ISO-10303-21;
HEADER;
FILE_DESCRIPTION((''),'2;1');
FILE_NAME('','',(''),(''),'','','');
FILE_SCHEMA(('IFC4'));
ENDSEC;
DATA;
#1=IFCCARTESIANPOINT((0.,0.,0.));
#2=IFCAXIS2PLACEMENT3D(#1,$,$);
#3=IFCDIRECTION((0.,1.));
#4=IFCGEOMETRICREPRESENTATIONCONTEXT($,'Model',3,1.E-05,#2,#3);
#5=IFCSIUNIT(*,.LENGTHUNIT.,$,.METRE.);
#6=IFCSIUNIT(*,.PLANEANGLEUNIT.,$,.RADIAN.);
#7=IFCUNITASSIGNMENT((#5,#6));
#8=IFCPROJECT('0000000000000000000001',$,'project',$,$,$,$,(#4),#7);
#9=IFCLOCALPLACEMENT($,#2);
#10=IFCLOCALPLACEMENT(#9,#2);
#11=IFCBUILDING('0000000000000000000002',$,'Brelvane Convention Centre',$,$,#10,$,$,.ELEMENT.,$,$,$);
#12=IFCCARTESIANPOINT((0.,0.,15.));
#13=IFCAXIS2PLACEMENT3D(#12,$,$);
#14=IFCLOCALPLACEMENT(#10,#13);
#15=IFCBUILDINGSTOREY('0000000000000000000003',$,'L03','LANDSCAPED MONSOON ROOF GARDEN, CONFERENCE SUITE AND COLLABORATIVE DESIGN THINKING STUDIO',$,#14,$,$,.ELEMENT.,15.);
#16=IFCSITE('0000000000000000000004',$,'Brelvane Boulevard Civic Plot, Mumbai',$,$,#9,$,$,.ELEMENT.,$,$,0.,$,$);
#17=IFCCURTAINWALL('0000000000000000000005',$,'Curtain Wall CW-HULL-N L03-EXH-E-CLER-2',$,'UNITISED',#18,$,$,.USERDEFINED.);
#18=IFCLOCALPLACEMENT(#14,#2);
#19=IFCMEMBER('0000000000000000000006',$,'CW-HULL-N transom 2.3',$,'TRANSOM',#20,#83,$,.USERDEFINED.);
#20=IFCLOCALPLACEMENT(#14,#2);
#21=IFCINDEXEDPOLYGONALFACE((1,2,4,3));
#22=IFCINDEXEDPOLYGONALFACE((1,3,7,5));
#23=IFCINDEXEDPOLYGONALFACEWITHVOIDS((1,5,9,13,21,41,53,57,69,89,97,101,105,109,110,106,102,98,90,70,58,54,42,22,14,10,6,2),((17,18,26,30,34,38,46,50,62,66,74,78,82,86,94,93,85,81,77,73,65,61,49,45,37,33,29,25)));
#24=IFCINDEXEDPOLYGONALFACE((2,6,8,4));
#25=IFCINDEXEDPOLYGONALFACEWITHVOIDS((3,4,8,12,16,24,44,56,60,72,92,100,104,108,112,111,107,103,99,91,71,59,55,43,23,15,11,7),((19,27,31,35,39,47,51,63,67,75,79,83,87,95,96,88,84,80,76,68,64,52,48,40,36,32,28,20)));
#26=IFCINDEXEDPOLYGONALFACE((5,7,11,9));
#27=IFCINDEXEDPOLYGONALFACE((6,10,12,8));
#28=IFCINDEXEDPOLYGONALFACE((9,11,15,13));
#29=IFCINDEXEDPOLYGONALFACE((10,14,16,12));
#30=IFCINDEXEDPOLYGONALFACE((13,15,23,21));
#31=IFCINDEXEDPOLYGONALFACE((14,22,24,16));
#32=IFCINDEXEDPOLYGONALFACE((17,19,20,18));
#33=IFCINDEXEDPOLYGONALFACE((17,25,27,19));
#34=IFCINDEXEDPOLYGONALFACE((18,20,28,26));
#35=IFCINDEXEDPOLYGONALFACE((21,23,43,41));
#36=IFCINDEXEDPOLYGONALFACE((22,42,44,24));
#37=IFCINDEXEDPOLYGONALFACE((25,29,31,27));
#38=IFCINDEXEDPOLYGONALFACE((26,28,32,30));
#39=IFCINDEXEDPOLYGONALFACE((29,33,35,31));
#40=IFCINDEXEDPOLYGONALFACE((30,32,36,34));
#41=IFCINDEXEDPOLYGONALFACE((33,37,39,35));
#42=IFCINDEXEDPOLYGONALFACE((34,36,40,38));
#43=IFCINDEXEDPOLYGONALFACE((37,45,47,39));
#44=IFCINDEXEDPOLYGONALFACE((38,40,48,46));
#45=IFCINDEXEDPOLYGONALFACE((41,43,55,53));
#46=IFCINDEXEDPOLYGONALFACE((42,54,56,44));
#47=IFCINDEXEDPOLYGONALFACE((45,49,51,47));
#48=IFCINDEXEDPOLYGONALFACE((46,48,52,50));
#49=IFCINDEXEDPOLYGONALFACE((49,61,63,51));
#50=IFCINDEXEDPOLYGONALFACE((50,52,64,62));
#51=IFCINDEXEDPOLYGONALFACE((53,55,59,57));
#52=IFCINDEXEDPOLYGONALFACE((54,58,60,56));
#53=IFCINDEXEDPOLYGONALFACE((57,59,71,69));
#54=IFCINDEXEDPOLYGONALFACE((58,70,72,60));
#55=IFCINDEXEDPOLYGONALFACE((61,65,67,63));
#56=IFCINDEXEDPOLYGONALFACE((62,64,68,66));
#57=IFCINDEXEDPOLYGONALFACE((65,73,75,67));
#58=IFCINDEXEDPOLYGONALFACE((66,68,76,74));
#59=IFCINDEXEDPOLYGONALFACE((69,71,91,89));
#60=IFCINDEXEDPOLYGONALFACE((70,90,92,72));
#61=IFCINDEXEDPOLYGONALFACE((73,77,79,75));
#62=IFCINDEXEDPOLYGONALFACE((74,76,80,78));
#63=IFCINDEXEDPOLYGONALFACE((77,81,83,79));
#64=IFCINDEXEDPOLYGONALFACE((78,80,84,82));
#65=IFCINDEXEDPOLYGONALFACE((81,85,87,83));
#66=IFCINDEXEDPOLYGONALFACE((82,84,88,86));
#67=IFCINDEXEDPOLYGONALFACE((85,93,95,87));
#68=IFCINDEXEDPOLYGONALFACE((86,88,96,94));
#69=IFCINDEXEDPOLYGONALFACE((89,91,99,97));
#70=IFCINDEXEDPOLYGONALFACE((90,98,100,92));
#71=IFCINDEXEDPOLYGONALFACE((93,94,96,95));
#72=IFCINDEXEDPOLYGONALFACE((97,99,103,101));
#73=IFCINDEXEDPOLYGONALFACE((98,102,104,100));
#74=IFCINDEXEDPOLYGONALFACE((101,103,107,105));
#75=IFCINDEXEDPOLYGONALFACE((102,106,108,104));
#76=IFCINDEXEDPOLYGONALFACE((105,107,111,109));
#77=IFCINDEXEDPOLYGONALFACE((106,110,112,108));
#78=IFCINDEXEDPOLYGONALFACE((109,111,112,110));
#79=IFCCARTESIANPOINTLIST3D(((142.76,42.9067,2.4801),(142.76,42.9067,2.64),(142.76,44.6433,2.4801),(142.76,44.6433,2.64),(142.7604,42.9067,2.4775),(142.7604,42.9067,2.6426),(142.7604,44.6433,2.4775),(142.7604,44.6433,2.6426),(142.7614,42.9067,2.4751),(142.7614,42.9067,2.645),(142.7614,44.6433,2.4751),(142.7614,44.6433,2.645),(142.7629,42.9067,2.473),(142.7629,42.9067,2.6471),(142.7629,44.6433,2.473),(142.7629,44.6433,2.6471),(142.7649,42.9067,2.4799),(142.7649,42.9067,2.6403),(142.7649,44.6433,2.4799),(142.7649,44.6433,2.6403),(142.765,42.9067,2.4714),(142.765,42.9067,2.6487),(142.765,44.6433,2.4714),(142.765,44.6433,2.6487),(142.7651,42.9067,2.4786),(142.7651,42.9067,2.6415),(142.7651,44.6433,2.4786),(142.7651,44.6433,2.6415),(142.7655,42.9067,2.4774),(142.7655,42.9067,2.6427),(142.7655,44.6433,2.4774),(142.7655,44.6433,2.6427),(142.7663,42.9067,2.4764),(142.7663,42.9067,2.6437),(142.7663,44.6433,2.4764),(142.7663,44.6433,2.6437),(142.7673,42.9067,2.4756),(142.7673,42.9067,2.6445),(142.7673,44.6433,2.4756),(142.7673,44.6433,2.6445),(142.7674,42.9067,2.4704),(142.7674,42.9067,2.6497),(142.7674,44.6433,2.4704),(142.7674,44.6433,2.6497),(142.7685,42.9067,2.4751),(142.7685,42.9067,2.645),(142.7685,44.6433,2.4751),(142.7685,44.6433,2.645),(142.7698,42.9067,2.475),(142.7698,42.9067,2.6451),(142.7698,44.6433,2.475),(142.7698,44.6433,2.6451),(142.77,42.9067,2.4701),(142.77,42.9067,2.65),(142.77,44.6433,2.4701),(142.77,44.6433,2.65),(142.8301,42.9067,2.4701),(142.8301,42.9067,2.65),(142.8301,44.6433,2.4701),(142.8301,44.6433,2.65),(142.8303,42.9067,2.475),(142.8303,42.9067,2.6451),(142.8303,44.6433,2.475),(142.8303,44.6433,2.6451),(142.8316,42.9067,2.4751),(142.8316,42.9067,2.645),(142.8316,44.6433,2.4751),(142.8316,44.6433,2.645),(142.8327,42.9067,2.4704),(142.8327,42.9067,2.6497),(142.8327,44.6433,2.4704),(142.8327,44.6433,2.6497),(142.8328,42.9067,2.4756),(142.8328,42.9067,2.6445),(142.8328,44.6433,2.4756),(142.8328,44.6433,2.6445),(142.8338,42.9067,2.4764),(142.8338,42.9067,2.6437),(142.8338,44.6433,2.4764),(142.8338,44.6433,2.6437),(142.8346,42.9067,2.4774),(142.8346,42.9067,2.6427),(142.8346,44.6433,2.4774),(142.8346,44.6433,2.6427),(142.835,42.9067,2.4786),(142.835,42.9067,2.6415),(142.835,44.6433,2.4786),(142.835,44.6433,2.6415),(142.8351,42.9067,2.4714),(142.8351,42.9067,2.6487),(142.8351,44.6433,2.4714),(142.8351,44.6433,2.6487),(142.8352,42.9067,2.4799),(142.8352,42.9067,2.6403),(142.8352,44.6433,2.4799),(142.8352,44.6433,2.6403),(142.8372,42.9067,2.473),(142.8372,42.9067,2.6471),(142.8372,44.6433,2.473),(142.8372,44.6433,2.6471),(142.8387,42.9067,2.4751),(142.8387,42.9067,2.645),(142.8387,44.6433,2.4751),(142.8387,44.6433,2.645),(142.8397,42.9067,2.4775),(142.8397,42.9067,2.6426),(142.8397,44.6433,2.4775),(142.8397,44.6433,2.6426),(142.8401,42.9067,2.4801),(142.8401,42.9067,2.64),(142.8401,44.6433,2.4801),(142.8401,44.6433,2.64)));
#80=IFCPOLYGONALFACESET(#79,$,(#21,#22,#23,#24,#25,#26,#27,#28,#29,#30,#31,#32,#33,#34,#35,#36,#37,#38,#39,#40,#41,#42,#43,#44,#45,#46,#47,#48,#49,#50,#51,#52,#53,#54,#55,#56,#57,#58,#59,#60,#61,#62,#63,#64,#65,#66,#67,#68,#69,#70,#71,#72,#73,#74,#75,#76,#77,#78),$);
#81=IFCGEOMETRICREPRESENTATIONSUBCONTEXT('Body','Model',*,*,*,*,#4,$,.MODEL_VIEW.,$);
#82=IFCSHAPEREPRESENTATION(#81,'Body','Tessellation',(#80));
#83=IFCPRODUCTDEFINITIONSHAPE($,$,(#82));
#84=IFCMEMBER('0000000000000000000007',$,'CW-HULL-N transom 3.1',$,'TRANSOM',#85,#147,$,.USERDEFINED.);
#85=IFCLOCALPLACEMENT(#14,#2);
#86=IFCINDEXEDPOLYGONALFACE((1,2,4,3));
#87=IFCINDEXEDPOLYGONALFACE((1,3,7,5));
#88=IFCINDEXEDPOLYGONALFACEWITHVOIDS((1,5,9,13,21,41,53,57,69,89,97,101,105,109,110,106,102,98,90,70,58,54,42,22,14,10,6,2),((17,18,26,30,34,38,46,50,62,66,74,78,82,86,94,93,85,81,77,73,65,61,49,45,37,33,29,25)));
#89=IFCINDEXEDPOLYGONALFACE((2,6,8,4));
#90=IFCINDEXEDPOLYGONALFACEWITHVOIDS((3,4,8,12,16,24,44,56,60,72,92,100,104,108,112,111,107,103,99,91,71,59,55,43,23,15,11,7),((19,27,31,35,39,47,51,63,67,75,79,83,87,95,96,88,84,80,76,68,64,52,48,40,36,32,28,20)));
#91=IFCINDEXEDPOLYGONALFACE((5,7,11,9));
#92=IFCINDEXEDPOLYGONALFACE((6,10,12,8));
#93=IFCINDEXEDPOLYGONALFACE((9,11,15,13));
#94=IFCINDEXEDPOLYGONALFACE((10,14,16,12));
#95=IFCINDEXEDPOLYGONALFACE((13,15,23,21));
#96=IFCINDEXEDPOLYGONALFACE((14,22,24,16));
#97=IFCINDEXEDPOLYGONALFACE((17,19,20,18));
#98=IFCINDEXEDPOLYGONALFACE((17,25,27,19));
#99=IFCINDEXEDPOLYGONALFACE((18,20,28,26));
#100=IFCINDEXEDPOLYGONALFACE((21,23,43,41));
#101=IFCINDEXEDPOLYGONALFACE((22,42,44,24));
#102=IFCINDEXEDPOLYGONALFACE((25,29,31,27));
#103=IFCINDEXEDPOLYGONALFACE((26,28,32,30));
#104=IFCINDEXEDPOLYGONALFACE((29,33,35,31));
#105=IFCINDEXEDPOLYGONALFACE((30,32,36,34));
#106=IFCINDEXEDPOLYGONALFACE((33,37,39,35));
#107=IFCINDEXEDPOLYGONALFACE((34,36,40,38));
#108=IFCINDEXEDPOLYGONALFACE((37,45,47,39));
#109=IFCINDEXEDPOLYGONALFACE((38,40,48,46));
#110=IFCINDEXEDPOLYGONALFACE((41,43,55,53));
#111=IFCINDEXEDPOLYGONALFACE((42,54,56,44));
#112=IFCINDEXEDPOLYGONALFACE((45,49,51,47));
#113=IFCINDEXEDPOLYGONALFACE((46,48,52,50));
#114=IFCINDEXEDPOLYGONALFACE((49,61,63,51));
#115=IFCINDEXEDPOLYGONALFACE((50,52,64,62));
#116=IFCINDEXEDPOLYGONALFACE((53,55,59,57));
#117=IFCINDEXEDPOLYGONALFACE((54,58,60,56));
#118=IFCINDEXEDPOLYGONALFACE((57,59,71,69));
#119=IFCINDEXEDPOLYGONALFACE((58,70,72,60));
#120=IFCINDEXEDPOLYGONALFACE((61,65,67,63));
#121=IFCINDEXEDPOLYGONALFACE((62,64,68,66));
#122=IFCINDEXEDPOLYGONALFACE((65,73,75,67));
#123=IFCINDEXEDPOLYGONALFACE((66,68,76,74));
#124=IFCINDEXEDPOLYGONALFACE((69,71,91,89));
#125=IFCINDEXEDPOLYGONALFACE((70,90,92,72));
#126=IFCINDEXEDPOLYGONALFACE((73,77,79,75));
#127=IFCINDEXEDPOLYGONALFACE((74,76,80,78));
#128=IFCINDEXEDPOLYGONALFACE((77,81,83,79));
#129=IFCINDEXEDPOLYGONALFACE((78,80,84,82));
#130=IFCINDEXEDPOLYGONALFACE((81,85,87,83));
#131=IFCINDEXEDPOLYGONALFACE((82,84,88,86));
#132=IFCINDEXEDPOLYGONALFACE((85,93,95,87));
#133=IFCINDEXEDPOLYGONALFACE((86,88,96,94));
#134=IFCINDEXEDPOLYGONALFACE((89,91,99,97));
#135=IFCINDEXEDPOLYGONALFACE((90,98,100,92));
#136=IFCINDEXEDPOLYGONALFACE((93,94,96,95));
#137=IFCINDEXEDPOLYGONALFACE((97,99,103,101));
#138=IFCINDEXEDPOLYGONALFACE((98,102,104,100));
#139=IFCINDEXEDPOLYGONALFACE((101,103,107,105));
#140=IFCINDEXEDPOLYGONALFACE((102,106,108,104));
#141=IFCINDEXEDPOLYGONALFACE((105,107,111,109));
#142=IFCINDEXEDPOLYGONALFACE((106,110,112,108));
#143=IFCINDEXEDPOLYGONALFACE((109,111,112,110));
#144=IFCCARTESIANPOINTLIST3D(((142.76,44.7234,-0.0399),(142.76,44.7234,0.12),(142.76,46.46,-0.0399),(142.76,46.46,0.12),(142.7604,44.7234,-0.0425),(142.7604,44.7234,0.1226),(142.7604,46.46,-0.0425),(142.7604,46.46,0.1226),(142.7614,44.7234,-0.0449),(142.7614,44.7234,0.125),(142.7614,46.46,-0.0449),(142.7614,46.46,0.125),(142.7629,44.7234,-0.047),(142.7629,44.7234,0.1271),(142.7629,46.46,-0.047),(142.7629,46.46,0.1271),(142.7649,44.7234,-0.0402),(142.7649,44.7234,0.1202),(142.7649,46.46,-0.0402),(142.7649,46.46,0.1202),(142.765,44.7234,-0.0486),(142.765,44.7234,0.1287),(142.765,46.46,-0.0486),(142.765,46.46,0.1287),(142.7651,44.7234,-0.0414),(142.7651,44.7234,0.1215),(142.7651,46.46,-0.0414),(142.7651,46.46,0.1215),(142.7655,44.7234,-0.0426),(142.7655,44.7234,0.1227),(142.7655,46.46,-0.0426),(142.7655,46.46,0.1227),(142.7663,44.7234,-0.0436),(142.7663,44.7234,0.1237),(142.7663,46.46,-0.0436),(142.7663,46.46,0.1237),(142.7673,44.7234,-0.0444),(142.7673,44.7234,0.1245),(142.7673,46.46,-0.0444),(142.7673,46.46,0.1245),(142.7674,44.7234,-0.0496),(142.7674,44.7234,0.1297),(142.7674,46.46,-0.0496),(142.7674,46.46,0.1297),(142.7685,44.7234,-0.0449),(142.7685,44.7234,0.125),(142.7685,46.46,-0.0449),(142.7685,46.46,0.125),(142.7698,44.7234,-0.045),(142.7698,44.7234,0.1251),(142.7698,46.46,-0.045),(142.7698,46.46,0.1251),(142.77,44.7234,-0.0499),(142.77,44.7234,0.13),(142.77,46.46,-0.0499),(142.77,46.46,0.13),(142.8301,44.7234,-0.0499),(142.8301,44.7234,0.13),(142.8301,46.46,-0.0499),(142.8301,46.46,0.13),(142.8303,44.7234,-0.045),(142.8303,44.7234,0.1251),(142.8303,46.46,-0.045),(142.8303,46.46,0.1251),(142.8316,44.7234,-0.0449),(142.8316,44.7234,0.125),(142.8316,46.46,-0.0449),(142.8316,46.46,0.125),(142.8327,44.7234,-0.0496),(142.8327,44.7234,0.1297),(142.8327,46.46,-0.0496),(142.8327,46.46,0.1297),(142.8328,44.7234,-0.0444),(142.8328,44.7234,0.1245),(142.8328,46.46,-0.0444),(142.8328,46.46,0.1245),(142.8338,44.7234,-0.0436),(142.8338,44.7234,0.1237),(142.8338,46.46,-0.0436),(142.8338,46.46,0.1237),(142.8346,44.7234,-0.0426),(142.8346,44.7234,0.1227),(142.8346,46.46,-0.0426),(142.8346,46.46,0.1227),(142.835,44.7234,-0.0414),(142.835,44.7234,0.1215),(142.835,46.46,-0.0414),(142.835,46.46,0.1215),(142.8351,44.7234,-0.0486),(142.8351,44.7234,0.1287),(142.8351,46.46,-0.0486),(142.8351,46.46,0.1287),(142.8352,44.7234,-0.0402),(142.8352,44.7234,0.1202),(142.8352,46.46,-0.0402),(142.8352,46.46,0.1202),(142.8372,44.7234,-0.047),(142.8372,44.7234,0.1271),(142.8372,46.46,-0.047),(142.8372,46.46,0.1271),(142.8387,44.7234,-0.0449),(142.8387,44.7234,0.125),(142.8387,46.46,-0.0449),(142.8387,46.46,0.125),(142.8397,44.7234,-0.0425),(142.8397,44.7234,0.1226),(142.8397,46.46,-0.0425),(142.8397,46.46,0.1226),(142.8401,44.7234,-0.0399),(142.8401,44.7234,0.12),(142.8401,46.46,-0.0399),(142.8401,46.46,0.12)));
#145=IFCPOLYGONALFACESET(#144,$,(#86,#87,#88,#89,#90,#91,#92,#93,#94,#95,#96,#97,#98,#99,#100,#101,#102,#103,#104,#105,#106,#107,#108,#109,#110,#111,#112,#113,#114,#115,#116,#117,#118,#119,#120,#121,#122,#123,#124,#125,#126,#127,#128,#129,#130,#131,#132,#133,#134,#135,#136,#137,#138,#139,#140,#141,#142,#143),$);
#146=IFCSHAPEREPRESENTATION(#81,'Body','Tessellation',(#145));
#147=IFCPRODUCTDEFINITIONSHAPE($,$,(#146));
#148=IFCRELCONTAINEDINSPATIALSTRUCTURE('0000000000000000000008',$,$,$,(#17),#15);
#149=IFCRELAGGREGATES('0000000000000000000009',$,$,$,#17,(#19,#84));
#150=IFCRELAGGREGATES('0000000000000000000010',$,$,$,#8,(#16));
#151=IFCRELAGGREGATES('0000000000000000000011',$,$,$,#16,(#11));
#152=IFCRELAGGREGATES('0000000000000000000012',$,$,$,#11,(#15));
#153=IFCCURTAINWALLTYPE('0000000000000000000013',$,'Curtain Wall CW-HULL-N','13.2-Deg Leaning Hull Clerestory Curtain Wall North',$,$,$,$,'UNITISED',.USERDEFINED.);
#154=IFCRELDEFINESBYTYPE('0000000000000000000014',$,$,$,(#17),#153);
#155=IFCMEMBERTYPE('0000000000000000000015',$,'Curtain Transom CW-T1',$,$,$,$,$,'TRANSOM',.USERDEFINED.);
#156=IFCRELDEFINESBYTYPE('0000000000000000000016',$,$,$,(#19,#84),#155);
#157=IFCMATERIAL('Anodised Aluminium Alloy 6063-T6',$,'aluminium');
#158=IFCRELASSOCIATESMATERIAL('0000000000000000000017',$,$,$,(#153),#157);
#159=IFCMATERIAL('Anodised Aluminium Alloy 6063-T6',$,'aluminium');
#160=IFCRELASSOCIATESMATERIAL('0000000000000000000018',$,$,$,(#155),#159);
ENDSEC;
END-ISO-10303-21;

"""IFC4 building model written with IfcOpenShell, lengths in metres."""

from ifc_helpers import new_model, si_unit, direction, frame, origin, origin_2d, place, context, subcontext, project, spatial, hollow_rectangle, extrude, material, material_profile, profile_set, type_object, element, aggregate, save


model = new_model("IFC4")

# Units and contexts
model_context = context("Model", 3, precision=1e-05, world=origin(), true_north=direction((0.0, 1.0)))
body_context = subcontext(model_context, "Body", "Model", "MODEL_VIEW")
ifc_project = project(units=[si_unit("LENGTHUNIT", "METRE"), si_unit("PLANEANGLEUNIT", "RADIAN")], contexts=[model_context])

# Site, building, storey
site_placement = place(None, origin())
site = spatial("IfcSite", under=ifc_project, at=site_placement, Name="Brelvane Boulevard Civic Plot, Mumbai", CompositionType="ELEMENT", RefElevation=0.0)
building_placement = place(site_placement, origin())
building = spatial("IfcBuilding", under=site, at=building_placement, Name="Brelvane Convention Centre", CompositionType="ELEMENT")
storey_placement = place(building_placement, frame((0.0, 0.0, 15.0)))
storey = spatial("IfcBuildingStorey", under=building, at=storey_placement, Name="L03", Description="LANDSCAPED MONSOON ROOF GARDEN, CONFERENCE SUITE AND COLLABORATIVE DESIGN THINKING STUDIO", CompositionType="ELEMENT", Elevation=15.0)

# Curtain wall, members
ifc_material_1 = material(Name="Anodised Aluminium Alloy 6063-T6", Category="aluminium")
curtain_wall_type = type_object("IfcCurtainWallType", Name="Curtain Wall CW-HULL-N", Description="13.2-Deg Leaning Hull Clerestory Curtain Wall North", ElementType="UNITISED", PredefinedType="USERDEFINED", material=ifc_material_1)
curtain_wall_placement = place(storey_placement, origin())
curtain_wall = element("IfcCurtainWall", 1, at=curtain_wall_placement, inside=storey, type_object=curtain_wall_type, Name="Curtain Wall CW-HULL-N L03-EXH-E-CLER-2", ObjectType="UNITISED", PredefinedType="USERDEFINED")
ifc_material_2 = material(Name="Anodised Aluminium Alloy 6063-T6", Category="aluminium")
ifc_material_profile_1 = material_profile(ifc_material_2, hollow_rectangle(XDim=0.0801, YDim=0.1799, WallThickness=0.0049, InnerFilletRadius=0.0049, OuterFilletRadius=0.01, at=origin_2d()), Name="ALU-T 180x80x5.0")
ifc_profile_set_1 = profile_set([ifc_material_profile_1], Name="Anodised Aluminium Alloy 6063-T6")
member_type_1 = type_object("IfcMemberType", Name="Curtain Transom CW-T1", ElementType="TRANSOM", PredefinedType="USERDEFINED", material=ifc_profile_set_1)
member_1_placement = place(storey_placement, frame((142.8, 42.9067, 2.5601), z_axis=(0.0, 1.0, 0.0), x_axis=(-1.0, 0.0, 0.0)))
member_1 = element("IfcMember", 2, at=member_1_placement, type_object=member_type_1, Name="CW-HULL-N transom 2.3", ObjectType="TRANSOM", PredefinedType="USERDEFINED", context=body_context, shape_type="SweptSolid", body=[
    extrude(hollow_rectangle(XDim=0.0801, YDim=0.1799, WallThickness=0.0049, InnerFilletRadius=0.0049, OuterFilletRadius=0.01, at=origin_2d()), origin(), (0.0, 0.0, 1.0), 1.7366),
])
member_2_placement = place(storey_placement, frame((142.8, 44.7234, 0.04), z_axis=(0.0, 1.0, 0.0), x_axis=(-1.0, 0.0, 0.0)))
member_2 = element("IfcMember", 3, at=member_2_placement, type_object=member_type_1, Name="CW-HULL-N transom 3.1", ObjectType="TRANSOM", PredefinedType="USERDEFINED", context=body_context, shape_type="SweptSolid", body=[
    extrude(hollow_rectangle(XDim=0.0801, YDim=0.1799, WallThickness=0.0049, InnerFilletRadius=0.0049, OuterFilletRadius=0.01, at=origin_2d()), origin(), (0.0, 0.0, 1.0), 1.7366),
])
aggregate(curtain_wall, [member_1, member_2])

save(model, "model.ifc")
